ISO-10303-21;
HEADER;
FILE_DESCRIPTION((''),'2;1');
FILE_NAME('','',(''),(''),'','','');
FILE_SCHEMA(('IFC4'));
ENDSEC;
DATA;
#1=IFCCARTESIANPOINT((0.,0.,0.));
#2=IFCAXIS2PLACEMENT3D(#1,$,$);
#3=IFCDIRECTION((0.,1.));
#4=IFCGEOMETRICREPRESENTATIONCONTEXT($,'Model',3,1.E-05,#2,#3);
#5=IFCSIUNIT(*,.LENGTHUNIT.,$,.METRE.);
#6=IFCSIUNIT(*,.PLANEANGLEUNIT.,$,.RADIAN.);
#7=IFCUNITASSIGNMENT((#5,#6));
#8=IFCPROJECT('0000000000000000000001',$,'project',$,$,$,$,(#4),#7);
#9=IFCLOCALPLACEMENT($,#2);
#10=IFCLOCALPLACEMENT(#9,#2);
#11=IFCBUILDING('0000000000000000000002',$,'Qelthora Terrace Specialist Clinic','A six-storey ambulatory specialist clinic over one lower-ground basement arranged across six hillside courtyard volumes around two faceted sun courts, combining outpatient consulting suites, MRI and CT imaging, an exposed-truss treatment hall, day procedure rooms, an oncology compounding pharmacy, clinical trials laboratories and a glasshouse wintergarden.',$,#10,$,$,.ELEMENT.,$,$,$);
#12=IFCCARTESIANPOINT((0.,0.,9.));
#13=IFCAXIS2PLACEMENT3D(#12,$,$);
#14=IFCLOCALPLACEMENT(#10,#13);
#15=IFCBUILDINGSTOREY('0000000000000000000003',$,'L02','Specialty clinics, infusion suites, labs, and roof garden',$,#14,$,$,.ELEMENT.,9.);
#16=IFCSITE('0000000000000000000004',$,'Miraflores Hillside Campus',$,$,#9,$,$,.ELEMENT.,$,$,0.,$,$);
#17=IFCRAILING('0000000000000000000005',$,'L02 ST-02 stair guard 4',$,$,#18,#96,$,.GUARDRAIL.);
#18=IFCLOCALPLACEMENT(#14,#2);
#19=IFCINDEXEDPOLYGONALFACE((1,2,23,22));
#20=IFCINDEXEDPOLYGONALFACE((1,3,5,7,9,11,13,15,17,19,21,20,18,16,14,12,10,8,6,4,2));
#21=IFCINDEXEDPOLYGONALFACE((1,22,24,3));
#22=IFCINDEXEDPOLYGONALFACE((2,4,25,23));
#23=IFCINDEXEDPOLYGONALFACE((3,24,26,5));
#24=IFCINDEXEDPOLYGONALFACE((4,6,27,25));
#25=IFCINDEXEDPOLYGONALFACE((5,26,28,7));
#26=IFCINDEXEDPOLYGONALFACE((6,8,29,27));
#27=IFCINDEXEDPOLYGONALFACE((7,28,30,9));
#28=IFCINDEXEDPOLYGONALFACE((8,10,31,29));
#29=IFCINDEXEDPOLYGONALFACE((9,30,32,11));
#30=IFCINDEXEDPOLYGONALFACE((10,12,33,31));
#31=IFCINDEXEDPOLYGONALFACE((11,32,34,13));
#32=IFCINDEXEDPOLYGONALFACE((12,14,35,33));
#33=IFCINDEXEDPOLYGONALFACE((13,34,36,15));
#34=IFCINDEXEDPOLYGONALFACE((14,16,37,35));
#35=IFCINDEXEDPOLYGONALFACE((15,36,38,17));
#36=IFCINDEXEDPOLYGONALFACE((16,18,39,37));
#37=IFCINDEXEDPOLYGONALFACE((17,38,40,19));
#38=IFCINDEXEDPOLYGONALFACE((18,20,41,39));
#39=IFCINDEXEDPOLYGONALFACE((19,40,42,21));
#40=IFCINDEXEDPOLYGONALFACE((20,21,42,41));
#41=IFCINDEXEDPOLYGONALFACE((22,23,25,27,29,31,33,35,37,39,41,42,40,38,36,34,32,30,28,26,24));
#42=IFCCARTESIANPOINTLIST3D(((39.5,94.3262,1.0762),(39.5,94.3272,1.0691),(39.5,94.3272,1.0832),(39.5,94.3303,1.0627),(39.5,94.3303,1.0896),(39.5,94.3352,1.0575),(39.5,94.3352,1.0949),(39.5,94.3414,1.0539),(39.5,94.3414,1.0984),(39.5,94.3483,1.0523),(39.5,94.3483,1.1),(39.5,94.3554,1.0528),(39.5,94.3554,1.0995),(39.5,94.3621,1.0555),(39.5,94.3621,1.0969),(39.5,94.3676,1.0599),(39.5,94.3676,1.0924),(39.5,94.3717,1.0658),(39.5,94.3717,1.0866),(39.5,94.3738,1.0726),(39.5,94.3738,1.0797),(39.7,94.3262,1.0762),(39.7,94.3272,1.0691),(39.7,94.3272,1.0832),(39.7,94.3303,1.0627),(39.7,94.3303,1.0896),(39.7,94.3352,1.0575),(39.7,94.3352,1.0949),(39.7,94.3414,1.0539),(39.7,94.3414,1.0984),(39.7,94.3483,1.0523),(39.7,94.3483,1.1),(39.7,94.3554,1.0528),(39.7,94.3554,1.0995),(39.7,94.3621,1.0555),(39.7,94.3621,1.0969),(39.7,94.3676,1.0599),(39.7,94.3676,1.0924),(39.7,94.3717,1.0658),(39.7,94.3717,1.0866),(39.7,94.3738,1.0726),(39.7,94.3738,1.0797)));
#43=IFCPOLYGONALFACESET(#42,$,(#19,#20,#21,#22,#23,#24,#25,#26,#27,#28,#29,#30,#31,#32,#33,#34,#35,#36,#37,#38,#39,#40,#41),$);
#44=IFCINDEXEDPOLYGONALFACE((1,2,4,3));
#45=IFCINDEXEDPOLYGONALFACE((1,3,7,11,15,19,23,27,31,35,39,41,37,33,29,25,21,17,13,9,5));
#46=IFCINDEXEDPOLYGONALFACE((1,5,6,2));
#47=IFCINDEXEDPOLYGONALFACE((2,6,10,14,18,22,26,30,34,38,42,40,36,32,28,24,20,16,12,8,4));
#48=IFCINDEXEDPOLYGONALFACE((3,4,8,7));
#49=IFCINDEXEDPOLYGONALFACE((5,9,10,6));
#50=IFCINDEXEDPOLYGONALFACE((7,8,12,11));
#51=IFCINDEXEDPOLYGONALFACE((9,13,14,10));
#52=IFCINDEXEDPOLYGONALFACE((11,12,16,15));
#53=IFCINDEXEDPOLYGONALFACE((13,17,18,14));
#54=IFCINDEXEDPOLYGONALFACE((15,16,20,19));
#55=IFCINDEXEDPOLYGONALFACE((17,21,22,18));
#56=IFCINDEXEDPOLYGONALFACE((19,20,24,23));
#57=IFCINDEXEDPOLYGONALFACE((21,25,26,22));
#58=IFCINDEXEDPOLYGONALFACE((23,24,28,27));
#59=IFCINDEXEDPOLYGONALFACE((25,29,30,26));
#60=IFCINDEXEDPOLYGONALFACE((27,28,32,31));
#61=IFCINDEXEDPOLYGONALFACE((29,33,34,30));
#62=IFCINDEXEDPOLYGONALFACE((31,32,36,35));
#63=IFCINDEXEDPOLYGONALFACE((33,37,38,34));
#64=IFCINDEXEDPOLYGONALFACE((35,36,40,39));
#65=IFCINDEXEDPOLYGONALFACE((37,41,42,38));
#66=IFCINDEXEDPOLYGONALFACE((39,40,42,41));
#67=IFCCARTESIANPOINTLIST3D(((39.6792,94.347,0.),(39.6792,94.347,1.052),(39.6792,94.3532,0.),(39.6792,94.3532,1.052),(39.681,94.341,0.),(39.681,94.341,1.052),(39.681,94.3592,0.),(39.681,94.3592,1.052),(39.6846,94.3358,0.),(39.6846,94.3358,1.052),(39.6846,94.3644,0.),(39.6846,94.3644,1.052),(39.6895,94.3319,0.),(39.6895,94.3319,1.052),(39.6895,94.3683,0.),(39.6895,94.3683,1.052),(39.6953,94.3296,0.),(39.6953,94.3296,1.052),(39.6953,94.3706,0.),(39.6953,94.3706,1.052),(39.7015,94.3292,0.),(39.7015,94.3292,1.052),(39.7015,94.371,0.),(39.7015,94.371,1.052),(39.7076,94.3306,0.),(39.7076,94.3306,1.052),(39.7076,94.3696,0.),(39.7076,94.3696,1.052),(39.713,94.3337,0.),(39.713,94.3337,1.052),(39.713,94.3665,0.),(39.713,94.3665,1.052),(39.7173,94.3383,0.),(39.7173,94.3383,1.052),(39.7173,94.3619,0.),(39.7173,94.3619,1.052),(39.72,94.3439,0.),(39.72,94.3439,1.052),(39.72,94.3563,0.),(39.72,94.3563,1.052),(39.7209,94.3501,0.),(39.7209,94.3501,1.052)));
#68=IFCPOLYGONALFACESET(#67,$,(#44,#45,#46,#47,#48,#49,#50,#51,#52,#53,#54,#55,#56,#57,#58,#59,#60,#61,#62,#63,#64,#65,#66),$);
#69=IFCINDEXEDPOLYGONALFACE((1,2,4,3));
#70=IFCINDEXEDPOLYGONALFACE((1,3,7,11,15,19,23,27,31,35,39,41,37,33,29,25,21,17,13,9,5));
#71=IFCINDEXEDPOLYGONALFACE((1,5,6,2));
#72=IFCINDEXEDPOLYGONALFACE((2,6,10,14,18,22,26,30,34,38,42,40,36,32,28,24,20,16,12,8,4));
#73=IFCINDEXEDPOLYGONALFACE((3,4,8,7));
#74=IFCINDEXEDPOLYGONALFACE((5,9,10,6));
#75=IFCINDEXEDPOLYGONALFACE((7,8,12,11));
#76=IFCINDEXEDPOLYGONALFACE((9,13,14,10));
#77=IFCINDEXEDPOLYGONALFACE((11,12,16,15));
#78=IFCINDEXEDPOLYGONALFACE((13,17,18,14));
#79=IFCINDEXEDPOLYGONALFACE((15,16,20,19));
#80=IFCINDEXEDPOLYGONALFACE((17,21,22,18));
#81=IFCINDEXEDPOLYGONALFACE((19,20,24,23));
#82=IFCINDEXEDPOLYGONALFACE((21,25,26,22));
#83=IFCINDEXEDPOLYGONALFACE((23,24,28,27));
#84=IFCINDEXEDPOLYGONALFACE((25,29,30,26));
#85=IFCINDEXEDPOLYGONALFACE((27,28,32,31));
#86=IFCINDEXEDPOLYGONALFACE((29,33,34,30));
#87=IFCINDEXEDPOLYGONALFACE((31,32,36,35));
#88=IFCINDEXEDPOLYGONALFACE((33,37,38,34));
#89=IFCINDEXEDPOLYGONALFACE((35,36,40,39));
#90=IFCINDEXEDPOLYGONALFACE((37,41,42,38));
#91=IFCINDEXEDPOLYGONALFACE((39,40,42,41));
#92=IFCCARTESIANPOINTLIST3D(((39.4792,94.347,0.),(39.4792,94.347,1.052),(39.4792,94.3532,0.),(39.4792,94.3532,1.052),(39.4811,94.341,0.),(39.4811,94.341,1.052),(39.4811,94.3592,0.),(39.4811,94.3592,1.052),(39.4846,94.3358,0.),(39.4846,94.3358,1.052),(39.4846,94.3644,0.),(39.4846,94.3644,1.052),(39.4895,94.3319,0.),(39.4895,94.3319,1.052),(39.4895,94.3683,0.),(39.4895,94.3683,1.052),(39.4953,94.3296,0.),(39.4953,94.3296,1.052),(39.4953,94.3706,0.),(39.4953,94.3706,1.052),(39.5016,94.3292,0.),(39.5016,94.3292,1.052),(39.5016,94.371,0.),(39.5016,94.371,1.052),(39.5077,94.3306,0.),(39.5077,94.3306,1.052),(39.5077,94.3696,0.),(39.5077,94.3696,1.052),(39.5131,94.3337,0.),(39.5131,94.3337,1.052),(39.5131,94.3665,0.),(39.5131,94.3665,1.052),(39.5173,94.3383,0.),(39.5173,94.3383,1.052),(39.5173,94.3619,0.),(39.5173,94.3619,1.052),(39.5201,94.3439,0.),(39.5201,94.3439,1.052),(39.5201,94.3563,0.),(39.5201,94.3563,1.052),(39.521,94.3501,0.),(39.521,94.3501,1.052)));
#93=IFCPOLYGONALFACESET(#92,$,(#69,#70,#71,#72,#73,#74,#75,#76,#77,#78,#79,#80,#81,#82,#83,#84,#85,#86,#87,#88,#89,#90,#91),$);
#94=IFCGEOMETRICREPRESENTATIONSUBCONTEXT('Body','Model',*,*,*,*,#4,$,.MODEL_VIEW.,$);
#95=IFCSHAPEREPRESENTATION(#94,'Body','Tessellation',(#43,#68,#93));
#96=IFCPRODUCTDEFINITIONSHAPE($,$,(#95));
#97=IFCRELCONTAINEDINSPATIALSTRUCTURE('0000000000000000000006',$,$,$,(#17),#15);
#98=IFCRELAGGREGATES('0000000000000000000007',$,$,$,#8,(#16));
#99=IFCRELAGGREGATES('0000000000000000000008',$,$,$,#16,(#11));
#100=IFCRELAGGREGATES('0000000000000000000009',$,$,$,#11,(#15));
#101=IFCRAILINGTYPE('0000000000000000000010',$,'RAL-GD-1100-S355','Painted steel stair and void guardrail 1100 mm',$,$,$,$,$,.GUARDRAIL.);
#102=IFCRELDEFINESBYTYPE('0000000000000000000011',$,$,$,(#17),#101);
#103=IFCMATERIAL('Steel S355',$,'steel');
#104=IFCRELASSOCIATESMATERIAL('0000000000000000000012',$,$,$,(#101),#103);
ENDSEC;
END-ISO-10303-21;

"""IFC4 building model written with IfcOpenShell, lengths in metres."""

from ifc_helpers import new_model, si_unit, direction, frame, origin, origin_2d, place, context, subcontext, project, spatial, circle, extrude, material, type_object, element, save


model = new_model("IFC4")

# Units and contexts
model_context = context("Model", 3, precision=1e-05, world=origin(), true_north=direction((0.0, 1.0)))
body_context = subcontext(model_context, "Body", "Model", "MODEL_VIEW")
ifc_project = project(units=[si_unit("LENGTHUNIT", "METRE"), si_unit("PLANEANGLEUNIT", "RADIAN")], contexts=[model_context])

# Site, building, storey
site_placement = place(None, origin())
site = spatial("IfcSite", under=ifc_project, at=site_placement, Name="Miraflores Hillside Campus", CompositionType="ELEMENT", RefElevation=0.0)
building_placement = place(site_placement, origin())
building = spatial("IfcBuilding", under=site, at=building_placement, Name="Qelthora Terrace Specialist Clinic", Description="A six-storey ambulatory specialist clinic over one lower-ground basement arranged across six hillside courtyard volumes around two faceted sun courts, combining outpatient consulting suites, MRI and CT imaging, an exposed-truss treatment hall, day procedure rooms, an oncology compounding pharmacy, clinical trials laboratories and a glasshouse wintergarden.", CompositionType="ELEMENT")
storey_placement = place(building_placement, frame((0.0, 0.0, 9.0)))
storey = spatial("IfcBuildingStorey", under=building, at=storey_placement, Name="L02", Description="Specialty clinics, infusion suites, labs, and roof garden", CompositionType="ELEMENT", Elevation=9.0)

# Shared definitions
ifc_material_1 = material(Name="Steel S355", Category="steel")

# Railing
railing_type_1 = type_object("IfcRailingType", Name="RAL-GD-1100-S355", Description="Painted steel stair and void guardrail 1100 mm", PredefinedType="GUARDRAIL", material=ifc_material_1)
railing_1_placement = place(storey_placement, frame((39.7, 94.3501, 0.0)))
element("IfcRailing", 1, at=railing_1_placement, inside=storey, type_object=railing_type_1, Name="L02 ST-02 stair guard 4", PredefinedType="GUARDRAIL", context=body_context, shape_type="SweptSolid", body=[
    extrude(circle(Radius=0.0239, at=origin_2d()), frame((0.0, 0.0, 1.0762), z_axis=(-1.0, 0.0, 0.0), x_axis=(0.0, -1.0, 0.0)), (0.0, 0.0, 1.0), 0.2),
    extrude(circle(Radius=0.021, at=origin_2d()), origin(), (0.0, 0.0, 1.0), 1.052),
    extrude(circle(Radius=0.021, at=origin_2d()), frame((-0.2, 0.0, 0.0)), (0.0, 0.0, 1.0), 1.052),
])

save(model, "model.ifc")
